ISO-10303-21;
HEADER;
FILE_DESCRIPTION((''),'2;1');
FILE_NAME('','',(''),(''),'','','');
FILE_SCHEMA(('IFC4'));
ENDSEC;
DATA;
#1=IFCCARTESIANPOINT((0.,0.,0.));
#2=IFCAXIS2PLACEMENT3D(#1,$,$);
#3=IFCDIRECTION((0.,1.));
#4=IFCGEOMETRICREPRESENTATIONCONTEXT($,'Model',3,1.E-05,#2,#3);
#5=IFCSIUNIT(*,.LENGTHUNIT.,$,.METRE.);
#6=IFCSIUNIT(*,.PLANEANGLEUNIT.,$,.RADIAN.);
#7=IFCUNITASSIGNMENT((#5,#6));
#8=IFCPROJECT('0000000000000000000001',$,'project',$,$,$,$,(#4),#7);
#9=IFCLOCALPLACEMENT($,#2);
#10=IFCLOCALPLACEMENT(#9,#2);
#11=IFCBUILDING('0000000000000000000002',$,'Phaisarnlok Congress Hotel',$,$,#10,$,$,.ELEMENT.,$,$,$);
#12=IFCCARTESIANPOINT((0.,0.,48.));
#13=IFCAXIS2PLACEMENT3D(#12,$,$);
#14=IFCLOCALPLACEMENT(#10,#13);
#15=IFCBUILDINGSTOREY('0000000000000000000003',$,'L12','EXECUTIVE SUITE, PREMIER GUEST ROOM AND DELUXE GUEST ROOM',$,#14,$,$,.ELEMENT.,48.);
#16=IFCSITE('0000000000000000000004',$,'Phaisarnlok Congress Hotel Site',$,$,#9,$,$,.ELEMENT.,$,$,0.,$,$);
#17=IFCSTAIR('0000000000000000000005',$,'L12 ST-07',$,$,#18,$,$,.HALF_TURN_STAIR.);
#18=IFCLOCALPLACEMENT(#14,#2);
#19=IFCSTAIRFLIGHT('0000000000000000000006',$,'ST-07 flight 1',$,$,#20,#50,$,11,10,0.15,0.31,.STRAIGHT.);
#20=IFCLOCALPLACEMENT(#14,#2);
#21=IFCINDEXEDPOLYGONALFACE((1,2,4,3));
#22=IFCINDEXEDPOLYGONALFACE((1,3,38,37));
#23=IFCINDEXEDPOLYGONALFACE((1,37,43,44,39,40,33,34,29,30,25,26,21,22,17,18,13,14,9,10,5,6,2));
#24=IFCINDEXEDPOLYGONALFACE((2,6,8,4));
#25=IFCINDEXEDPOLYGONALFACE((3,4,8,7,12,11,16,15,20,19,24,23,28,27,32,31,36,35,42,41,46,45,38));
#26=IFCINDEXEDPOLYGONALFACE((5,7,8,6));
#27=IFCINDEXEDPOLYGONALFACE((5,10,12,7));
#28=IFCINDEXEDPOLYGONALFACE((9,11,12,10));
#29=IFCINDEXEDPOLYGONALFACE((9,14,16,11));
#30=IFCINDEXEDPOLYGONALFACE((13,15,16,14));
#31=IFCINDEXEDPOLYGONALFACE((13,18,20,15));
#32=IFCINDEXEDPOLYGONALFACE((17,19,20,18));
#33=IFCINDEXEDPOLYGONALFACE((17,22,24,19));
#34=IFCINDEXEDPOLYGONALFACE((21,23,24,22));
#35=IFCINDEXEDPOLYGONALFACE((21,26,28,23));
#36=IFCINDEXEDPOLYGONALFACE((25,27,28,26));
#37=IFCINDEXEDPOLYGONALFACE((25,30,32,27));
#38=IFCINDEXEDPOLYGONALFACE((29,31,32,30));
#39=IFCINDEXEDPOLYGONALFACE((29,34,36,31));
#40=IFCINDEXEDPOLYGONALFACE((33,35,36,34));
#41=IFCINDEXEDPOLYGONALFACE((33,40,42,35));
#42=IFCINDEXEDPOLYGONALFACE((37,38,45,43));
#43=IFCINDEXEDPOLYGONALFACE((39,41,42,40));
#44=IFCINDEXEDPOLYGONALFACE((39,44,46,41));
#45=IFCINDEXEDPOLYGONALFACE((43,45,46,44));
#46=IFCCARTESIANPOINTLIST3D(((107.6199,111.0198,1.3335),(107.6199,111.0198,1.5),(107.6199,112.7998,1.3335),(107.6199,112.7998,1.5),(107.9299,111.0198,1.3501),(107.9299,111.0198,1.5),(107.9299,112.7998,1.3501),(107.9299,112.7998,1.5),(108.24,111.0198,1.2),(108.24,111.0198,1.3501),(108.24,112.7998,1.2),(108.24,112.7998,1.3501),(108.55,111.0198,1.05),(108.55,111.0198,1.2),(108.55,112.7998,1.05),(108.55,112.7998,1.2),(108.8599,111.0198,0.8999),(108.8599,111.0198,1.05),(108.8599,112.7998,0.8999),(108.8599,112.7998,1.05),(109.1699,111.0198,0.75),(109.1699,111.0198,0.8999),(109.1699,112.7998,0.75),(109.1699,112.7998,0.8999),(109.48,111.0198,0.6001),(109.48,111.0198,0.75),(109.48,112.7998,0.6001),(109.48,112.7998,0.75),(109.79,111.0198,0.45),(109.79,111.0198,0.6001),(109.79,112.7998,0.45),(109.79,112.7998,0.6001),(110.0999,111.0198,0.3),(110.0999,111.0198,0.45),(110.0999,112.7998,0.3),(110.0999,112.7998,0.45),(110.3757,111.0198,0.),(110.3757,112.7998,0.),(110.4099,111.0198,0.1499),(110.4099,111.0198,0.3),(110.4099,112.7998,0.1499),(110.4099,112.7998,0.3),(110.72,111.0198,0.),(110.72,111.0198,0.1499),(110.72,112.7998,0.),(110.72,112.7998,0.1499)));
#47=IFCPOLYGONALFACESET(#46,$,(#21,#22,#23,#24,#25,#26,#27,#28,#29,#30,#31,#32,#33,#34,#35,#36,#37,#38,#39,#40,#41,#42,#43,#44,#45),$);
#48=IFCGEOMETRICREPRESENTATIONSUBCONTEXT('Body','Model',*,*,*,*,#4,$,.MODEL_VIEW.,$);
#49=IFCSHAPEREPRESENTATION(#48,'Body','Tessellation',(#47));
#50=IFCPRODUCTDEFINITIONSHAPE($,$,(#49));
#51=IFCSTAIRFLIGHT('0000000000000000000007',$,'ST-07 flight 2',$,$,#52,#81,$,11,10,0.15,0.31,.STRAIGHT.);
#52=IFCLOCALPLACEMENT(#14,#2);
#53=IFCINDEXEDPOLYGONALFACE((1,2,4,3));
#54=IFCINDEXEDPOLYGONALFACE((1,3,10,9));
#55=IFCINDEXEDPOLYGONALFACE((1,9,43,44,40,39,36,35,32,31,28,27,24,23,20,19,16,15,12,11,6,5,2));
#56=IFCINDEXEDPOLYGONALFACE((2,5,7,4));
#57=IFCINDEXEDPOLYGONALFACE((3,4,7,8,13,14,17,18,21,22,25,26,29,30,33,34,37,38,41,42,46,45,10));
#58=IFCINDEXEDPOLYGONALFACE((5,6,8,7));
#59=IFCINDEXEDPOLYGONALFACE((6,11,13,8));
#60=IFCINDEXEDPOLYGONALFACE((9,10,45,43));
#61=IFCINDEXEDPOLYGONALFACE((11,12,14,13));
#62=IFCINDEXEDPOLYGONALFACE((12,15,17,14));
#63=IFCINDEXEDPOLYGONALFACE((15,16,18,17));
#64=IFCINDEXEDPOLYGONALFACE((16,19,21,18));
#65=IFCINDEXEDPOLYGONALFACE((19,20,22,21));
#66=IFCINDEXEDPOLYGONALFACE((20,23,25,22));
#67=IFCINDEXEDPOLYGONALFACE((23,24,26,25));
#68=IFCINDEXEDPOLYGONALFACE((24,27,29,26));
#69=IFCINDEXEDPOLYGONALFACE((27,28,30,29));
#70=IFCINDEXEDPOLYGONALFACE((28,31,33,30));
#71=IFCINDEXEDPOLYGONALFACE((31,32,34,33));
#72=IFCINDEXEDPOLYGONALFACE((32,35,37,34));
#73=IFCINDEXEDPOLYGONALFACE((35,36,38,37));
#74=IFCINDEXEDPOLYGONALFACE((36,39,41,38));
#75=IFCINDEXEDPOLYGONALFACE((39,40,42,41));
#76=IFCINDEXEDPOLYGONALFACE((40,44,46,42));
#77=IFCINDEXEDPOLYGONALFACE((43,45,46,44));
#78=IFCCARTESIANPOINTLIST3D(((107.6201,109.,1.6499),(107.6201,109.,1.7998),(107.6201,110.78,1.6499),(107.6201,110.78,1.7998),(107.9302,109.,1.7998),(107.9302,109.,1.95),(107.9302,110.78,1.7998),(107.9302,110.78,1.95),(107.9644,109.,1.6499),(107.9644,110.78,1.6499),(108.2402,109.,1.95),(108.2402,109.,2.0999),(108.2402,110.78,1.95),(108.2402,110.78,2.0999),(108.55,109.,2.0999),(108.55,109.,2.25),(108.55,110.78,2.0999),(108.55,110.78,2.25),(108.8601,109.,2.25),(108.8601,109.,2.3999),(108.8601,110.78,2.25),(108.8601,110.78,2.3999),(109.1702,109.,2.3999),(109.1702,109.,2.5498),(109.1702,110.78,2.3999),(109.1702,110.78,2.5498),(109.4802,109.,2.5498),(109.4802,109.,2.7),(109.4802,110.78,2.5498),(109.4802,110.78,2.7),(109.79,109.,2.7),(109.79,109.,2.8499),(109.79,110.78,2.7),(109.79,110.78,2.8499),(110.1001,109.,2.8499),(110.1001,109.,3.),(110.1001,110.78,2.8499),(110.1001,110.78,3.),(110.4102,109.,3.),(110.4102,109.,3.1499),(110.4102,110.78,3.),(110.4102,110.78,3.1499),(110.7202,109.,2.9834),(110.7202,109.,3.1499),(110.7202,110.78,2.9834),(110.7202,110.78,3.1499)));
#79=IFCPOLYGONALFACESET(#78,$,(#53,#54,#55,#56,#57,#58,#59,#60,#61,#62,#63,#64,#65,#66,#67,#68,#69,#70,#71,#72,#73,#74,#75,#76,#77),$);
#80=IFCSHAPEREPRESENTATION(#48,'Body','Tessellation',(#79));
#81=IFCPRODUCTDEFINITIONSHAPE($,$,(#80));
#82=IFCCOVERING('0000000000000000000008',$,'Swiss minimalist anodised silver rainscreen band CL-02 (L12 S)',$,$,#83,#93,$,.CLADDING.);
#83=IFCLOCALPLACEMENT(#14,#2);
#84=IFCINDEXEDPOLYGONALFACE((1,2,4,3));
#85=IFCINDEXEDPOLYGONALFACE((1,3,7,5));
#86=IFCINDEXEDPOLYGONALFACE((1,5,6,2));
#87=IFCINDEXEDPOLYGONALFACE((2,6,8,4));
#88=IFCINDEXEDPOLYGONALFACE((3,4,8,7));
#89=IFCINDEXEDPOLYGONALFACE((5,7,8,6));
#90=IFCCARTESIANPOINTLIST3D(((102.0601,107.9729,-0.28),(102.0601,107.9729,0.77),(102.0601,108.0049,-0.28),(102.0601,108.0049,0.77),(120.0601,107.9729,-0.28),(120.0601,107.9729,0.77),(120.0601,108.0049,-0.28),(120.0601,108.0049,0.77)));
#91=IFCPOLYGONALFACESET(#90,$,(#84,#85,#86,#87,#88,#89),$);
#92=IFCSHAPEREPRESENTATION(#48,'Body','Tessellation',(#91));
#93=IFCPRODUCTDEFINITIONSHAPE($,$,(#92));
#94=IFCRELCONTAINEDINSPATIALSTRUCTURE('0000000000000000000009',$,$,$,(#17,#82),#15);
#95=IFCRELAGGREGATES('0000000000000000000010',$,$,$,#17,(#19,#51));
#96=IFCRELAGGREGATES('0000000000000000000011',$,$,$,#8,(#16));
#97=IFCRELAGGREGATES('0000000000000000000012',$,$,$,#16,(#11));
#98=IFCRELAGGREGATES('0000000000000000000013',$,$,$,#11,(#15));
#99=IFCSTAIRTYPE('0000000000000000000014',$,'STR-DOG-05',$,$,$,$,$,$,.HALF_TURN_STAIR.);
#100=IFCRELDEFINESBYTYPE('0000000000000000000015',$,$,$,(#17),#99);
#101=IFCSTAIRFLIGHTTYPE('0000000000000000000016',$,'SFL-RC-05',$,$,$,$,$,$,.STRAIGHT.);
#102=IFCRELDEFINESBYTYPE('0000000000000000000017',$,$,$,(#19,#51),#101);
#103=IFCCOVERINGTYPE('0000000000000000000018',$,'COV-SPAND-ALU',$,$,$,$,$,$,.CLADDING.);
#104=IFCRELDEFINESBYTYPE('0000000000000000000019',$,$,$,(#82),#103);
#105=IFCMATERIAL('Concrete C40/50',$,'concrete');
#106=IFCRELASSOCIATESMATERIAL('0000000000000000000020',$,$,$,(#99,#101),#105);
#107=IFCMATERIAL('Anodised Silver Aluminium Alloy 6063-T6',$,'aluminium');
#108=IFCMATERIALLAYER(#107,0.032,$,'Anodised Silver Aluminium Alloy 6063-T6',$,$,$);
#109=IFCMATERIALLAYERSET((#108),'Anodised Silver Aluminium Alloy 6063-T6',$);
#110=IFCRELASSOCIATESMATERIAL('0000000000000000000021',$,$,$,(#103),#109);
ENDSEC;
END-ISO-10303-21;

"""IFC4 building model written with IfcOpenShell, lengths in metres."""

from ifc_helpers import new_model, si_unit, direction, frame, origin, place, context, subcontext, project, spatial, polyline, outline, extrude, material, layer, layer_set, type_object, element, aggregate, save


model = new_model("IFC4")

# Units and contexts
model_context = context("Model", 3, precision=1e-05, world=origin(), true_north=direction((0.0, 1.0)))
body_context = subcontext(model_context, "Body", "Model", "MODEL_VIEW")
ifc_project = project(units=[si_unit("LENGTHUNIT", "METRE"), si_unit("PLANEANGLEUNIT", "RADIAN")], contexts=[model_context])

# Site, building, storey
site_placement = place(None, origin())
site = spatial("IfcSite", under=ifc_project, at=site_placement, Name="Phaisarnlok Congress Hotel Site", CompositionType="ELEMENT", RefElevation=0.0)
building_placement = place(site_placement, origin())
building = spatial("IfcBuilding", under=site, at=building_placement, Name="Phaisarnlok Congress Hotel", CompositionType="ELEMENT")
storey_placement = place(building_placement, frame((0.0, 0.0, 48.0)))
storey = spatial("IfcBuildingStorey", under=building, at=storey_placement, Name="L12", Description="EXECUTIVE SUITE, PREMIER GUEST ROOM AND DELUXE GUEST ROOM", CompositionType="ELEMENT", Elevation=48.0)

# Shared definitions
ifc_material_1 = material(Name="Concrete C40/50", Category="concrete")

# Stair
stair_type = type_object("IfcStairType", Name="STR-DOG-05", PredefinedType="HALF_TURN_STAIR", material=ifc_material_1)
stair_1_placement = place(storey_placement, origin())
stair_1 = element("IfcStair", 1, at=stair_1_placement, inside=storey, type_object=stair_type, Name="L12 ST-07", PredefinedType="HALF_TURN_STAIR")

# Stair flights
stair_flight_type = type_object("IfcStairFlightType", Name="SFL-RC-05", PredefinedType="STRAIGHT", material=ifc_material_1)
stair_flight_1_placement = place(storey_placement, frame((110.72, 111.9099, 0.0), z_axis=(0.0, 0.0, 1.0), x_axis=(-1.0, 0.0, 0.0)))
stair_flight_1 = element("IfcStairFlight", 2, at=stair_flight_1_placement, type_object=stair_flight_type, Name="ST-07 flight 1", NumberOfRisers=11, NumberOfTreads=10, PredefinedType="STRAIGHT", RiserHeight=0.15, TreadLength=0.31, context=body_context, shape_type="SweptSolid", body=[
    extrude(outline(polyline([(0.0, 0.0), (0.0, 0.1499), (0.3101, 0.1499), (0.3101, 0.3), (0.6201, 0.3), (0.6201, 0.45), (0.9299, 0.45), (0.9299, 0.6001), (1.24, 0.6001), (1.24, 0.75), (1.55, 0.75), (1.55, 0.8999), (1.8601, 0.8999), (1.8601, 1.05), (2.1699, 1.05), (2.1699, 1.2), (2.48, 1.2), (2.48, 1.3501), (2.79, 1.3501), (2.79, 1.5), (3.1001, 1.5), (3.1001, 1.6499), (3.1001, 1.3335), (0.3442, 0.0), (0.0, 0.0)])), frame((0.0, 0.8901, 0.0), z_axis=(0.0, -1.0, 0.0), x_axis=(1.0, 0.0, 0.0)), (0.0, 0.0, 1.0), 1.78),
])
stair_flight_2_placement = place(storey_placement, frame((107.6201, 109.8899, 1.6499), z_axis=(0.0, 0.0, 1.0), x_axis=(1.0, 0.0, 0.0)))
stair_flight_2 = element("IfcStairFlight", 3, at=stair_flight_2_placement, type_object=stair_flight_type, Name="ST-07 flight 2", NumberOfRisers=11, NumberOfTreads=10, PredefinedType="STRAIGHT", RiserHeight=0.15, TreadLength=0.31, context=body_context, shape_type="SweptSolid", body=[
    extrude(outline(polyline([(0.0, 0.0), (0.0, 0.1499), (0.3101, 0.1499), (0.3101, 0.3), (0.6201, 0.3), (0.6201, 0.45), (0.9299, 0.45), (0.9299, 0.6001), (1.24, 0.6001), (1.24, 0.75), (1.55, 0.75), (1.55, 0.8999), (1.8601, 0.8999), (1.8601, 1.05), (2.1699, 1.05), (2.1699, 1.2), (2.48, 1.2), (2.48, 1.3501), (2.79, 1.3501), (2.79, 1.5), (3.1001, 1.5), (3.1001, 1.6499), (3.1001, 1.3335), (0.3442, 0.0), (0.0, 0.0)])), frame((0.0, 0.8901, 0.0), z_axis=(0.0, -1.0, 0.0), x_axis=(1.0, 0.0, 0.0)), (0.0, 0.0, 1.0), 1.78),
])
aggregate(stair_1, [stair_flight_1, stair_flight_2])

# Covering
ifc_material_2 = material(Name="Anodised Silver Aluminium Alloy 6063-T6", Category="aluminium")
ifc_layer_1 = layer(ifc_material_2, 0.032, Name="Anodised Silver Aluminium Alloy 6063-T6")
ifc_layer_set_1 = layer_set([ifc_layer_1], Name="Anodised Silver Aluminium Alloy 6063-T6")
covering_type = type_object("IfcCoveringType", Name="COV-SPAND-ALU", PredefinedType="CLADDING", material=ifc_layer_set_1)
covering_placement = place(storey_placement, frame((102.0601, 108.0049, -0.28), z_axis=(0.0, -1.0, 0.0), x_axis=(1.0, 0.0, 0.0)))
element("IfcCovering", 4, at=covering_placement, inside=storey, type_object=covering_type, Name="Swiss minimalist anodised silver rainscreen band CL-02 (L12 S)", PredefinedType="CLADDING", context=body_context, shape_type="SweptSolid", body=[
    extrude(outline(polyline([(0.0, 0.0), (18.0, 0.0), (18.0, 1.05), (0.0, 1.05), (0.0, 0.0)])), origin(), (0.0, 0.0, 1.0), 0.032),
])

save(model, "model.ifc")
